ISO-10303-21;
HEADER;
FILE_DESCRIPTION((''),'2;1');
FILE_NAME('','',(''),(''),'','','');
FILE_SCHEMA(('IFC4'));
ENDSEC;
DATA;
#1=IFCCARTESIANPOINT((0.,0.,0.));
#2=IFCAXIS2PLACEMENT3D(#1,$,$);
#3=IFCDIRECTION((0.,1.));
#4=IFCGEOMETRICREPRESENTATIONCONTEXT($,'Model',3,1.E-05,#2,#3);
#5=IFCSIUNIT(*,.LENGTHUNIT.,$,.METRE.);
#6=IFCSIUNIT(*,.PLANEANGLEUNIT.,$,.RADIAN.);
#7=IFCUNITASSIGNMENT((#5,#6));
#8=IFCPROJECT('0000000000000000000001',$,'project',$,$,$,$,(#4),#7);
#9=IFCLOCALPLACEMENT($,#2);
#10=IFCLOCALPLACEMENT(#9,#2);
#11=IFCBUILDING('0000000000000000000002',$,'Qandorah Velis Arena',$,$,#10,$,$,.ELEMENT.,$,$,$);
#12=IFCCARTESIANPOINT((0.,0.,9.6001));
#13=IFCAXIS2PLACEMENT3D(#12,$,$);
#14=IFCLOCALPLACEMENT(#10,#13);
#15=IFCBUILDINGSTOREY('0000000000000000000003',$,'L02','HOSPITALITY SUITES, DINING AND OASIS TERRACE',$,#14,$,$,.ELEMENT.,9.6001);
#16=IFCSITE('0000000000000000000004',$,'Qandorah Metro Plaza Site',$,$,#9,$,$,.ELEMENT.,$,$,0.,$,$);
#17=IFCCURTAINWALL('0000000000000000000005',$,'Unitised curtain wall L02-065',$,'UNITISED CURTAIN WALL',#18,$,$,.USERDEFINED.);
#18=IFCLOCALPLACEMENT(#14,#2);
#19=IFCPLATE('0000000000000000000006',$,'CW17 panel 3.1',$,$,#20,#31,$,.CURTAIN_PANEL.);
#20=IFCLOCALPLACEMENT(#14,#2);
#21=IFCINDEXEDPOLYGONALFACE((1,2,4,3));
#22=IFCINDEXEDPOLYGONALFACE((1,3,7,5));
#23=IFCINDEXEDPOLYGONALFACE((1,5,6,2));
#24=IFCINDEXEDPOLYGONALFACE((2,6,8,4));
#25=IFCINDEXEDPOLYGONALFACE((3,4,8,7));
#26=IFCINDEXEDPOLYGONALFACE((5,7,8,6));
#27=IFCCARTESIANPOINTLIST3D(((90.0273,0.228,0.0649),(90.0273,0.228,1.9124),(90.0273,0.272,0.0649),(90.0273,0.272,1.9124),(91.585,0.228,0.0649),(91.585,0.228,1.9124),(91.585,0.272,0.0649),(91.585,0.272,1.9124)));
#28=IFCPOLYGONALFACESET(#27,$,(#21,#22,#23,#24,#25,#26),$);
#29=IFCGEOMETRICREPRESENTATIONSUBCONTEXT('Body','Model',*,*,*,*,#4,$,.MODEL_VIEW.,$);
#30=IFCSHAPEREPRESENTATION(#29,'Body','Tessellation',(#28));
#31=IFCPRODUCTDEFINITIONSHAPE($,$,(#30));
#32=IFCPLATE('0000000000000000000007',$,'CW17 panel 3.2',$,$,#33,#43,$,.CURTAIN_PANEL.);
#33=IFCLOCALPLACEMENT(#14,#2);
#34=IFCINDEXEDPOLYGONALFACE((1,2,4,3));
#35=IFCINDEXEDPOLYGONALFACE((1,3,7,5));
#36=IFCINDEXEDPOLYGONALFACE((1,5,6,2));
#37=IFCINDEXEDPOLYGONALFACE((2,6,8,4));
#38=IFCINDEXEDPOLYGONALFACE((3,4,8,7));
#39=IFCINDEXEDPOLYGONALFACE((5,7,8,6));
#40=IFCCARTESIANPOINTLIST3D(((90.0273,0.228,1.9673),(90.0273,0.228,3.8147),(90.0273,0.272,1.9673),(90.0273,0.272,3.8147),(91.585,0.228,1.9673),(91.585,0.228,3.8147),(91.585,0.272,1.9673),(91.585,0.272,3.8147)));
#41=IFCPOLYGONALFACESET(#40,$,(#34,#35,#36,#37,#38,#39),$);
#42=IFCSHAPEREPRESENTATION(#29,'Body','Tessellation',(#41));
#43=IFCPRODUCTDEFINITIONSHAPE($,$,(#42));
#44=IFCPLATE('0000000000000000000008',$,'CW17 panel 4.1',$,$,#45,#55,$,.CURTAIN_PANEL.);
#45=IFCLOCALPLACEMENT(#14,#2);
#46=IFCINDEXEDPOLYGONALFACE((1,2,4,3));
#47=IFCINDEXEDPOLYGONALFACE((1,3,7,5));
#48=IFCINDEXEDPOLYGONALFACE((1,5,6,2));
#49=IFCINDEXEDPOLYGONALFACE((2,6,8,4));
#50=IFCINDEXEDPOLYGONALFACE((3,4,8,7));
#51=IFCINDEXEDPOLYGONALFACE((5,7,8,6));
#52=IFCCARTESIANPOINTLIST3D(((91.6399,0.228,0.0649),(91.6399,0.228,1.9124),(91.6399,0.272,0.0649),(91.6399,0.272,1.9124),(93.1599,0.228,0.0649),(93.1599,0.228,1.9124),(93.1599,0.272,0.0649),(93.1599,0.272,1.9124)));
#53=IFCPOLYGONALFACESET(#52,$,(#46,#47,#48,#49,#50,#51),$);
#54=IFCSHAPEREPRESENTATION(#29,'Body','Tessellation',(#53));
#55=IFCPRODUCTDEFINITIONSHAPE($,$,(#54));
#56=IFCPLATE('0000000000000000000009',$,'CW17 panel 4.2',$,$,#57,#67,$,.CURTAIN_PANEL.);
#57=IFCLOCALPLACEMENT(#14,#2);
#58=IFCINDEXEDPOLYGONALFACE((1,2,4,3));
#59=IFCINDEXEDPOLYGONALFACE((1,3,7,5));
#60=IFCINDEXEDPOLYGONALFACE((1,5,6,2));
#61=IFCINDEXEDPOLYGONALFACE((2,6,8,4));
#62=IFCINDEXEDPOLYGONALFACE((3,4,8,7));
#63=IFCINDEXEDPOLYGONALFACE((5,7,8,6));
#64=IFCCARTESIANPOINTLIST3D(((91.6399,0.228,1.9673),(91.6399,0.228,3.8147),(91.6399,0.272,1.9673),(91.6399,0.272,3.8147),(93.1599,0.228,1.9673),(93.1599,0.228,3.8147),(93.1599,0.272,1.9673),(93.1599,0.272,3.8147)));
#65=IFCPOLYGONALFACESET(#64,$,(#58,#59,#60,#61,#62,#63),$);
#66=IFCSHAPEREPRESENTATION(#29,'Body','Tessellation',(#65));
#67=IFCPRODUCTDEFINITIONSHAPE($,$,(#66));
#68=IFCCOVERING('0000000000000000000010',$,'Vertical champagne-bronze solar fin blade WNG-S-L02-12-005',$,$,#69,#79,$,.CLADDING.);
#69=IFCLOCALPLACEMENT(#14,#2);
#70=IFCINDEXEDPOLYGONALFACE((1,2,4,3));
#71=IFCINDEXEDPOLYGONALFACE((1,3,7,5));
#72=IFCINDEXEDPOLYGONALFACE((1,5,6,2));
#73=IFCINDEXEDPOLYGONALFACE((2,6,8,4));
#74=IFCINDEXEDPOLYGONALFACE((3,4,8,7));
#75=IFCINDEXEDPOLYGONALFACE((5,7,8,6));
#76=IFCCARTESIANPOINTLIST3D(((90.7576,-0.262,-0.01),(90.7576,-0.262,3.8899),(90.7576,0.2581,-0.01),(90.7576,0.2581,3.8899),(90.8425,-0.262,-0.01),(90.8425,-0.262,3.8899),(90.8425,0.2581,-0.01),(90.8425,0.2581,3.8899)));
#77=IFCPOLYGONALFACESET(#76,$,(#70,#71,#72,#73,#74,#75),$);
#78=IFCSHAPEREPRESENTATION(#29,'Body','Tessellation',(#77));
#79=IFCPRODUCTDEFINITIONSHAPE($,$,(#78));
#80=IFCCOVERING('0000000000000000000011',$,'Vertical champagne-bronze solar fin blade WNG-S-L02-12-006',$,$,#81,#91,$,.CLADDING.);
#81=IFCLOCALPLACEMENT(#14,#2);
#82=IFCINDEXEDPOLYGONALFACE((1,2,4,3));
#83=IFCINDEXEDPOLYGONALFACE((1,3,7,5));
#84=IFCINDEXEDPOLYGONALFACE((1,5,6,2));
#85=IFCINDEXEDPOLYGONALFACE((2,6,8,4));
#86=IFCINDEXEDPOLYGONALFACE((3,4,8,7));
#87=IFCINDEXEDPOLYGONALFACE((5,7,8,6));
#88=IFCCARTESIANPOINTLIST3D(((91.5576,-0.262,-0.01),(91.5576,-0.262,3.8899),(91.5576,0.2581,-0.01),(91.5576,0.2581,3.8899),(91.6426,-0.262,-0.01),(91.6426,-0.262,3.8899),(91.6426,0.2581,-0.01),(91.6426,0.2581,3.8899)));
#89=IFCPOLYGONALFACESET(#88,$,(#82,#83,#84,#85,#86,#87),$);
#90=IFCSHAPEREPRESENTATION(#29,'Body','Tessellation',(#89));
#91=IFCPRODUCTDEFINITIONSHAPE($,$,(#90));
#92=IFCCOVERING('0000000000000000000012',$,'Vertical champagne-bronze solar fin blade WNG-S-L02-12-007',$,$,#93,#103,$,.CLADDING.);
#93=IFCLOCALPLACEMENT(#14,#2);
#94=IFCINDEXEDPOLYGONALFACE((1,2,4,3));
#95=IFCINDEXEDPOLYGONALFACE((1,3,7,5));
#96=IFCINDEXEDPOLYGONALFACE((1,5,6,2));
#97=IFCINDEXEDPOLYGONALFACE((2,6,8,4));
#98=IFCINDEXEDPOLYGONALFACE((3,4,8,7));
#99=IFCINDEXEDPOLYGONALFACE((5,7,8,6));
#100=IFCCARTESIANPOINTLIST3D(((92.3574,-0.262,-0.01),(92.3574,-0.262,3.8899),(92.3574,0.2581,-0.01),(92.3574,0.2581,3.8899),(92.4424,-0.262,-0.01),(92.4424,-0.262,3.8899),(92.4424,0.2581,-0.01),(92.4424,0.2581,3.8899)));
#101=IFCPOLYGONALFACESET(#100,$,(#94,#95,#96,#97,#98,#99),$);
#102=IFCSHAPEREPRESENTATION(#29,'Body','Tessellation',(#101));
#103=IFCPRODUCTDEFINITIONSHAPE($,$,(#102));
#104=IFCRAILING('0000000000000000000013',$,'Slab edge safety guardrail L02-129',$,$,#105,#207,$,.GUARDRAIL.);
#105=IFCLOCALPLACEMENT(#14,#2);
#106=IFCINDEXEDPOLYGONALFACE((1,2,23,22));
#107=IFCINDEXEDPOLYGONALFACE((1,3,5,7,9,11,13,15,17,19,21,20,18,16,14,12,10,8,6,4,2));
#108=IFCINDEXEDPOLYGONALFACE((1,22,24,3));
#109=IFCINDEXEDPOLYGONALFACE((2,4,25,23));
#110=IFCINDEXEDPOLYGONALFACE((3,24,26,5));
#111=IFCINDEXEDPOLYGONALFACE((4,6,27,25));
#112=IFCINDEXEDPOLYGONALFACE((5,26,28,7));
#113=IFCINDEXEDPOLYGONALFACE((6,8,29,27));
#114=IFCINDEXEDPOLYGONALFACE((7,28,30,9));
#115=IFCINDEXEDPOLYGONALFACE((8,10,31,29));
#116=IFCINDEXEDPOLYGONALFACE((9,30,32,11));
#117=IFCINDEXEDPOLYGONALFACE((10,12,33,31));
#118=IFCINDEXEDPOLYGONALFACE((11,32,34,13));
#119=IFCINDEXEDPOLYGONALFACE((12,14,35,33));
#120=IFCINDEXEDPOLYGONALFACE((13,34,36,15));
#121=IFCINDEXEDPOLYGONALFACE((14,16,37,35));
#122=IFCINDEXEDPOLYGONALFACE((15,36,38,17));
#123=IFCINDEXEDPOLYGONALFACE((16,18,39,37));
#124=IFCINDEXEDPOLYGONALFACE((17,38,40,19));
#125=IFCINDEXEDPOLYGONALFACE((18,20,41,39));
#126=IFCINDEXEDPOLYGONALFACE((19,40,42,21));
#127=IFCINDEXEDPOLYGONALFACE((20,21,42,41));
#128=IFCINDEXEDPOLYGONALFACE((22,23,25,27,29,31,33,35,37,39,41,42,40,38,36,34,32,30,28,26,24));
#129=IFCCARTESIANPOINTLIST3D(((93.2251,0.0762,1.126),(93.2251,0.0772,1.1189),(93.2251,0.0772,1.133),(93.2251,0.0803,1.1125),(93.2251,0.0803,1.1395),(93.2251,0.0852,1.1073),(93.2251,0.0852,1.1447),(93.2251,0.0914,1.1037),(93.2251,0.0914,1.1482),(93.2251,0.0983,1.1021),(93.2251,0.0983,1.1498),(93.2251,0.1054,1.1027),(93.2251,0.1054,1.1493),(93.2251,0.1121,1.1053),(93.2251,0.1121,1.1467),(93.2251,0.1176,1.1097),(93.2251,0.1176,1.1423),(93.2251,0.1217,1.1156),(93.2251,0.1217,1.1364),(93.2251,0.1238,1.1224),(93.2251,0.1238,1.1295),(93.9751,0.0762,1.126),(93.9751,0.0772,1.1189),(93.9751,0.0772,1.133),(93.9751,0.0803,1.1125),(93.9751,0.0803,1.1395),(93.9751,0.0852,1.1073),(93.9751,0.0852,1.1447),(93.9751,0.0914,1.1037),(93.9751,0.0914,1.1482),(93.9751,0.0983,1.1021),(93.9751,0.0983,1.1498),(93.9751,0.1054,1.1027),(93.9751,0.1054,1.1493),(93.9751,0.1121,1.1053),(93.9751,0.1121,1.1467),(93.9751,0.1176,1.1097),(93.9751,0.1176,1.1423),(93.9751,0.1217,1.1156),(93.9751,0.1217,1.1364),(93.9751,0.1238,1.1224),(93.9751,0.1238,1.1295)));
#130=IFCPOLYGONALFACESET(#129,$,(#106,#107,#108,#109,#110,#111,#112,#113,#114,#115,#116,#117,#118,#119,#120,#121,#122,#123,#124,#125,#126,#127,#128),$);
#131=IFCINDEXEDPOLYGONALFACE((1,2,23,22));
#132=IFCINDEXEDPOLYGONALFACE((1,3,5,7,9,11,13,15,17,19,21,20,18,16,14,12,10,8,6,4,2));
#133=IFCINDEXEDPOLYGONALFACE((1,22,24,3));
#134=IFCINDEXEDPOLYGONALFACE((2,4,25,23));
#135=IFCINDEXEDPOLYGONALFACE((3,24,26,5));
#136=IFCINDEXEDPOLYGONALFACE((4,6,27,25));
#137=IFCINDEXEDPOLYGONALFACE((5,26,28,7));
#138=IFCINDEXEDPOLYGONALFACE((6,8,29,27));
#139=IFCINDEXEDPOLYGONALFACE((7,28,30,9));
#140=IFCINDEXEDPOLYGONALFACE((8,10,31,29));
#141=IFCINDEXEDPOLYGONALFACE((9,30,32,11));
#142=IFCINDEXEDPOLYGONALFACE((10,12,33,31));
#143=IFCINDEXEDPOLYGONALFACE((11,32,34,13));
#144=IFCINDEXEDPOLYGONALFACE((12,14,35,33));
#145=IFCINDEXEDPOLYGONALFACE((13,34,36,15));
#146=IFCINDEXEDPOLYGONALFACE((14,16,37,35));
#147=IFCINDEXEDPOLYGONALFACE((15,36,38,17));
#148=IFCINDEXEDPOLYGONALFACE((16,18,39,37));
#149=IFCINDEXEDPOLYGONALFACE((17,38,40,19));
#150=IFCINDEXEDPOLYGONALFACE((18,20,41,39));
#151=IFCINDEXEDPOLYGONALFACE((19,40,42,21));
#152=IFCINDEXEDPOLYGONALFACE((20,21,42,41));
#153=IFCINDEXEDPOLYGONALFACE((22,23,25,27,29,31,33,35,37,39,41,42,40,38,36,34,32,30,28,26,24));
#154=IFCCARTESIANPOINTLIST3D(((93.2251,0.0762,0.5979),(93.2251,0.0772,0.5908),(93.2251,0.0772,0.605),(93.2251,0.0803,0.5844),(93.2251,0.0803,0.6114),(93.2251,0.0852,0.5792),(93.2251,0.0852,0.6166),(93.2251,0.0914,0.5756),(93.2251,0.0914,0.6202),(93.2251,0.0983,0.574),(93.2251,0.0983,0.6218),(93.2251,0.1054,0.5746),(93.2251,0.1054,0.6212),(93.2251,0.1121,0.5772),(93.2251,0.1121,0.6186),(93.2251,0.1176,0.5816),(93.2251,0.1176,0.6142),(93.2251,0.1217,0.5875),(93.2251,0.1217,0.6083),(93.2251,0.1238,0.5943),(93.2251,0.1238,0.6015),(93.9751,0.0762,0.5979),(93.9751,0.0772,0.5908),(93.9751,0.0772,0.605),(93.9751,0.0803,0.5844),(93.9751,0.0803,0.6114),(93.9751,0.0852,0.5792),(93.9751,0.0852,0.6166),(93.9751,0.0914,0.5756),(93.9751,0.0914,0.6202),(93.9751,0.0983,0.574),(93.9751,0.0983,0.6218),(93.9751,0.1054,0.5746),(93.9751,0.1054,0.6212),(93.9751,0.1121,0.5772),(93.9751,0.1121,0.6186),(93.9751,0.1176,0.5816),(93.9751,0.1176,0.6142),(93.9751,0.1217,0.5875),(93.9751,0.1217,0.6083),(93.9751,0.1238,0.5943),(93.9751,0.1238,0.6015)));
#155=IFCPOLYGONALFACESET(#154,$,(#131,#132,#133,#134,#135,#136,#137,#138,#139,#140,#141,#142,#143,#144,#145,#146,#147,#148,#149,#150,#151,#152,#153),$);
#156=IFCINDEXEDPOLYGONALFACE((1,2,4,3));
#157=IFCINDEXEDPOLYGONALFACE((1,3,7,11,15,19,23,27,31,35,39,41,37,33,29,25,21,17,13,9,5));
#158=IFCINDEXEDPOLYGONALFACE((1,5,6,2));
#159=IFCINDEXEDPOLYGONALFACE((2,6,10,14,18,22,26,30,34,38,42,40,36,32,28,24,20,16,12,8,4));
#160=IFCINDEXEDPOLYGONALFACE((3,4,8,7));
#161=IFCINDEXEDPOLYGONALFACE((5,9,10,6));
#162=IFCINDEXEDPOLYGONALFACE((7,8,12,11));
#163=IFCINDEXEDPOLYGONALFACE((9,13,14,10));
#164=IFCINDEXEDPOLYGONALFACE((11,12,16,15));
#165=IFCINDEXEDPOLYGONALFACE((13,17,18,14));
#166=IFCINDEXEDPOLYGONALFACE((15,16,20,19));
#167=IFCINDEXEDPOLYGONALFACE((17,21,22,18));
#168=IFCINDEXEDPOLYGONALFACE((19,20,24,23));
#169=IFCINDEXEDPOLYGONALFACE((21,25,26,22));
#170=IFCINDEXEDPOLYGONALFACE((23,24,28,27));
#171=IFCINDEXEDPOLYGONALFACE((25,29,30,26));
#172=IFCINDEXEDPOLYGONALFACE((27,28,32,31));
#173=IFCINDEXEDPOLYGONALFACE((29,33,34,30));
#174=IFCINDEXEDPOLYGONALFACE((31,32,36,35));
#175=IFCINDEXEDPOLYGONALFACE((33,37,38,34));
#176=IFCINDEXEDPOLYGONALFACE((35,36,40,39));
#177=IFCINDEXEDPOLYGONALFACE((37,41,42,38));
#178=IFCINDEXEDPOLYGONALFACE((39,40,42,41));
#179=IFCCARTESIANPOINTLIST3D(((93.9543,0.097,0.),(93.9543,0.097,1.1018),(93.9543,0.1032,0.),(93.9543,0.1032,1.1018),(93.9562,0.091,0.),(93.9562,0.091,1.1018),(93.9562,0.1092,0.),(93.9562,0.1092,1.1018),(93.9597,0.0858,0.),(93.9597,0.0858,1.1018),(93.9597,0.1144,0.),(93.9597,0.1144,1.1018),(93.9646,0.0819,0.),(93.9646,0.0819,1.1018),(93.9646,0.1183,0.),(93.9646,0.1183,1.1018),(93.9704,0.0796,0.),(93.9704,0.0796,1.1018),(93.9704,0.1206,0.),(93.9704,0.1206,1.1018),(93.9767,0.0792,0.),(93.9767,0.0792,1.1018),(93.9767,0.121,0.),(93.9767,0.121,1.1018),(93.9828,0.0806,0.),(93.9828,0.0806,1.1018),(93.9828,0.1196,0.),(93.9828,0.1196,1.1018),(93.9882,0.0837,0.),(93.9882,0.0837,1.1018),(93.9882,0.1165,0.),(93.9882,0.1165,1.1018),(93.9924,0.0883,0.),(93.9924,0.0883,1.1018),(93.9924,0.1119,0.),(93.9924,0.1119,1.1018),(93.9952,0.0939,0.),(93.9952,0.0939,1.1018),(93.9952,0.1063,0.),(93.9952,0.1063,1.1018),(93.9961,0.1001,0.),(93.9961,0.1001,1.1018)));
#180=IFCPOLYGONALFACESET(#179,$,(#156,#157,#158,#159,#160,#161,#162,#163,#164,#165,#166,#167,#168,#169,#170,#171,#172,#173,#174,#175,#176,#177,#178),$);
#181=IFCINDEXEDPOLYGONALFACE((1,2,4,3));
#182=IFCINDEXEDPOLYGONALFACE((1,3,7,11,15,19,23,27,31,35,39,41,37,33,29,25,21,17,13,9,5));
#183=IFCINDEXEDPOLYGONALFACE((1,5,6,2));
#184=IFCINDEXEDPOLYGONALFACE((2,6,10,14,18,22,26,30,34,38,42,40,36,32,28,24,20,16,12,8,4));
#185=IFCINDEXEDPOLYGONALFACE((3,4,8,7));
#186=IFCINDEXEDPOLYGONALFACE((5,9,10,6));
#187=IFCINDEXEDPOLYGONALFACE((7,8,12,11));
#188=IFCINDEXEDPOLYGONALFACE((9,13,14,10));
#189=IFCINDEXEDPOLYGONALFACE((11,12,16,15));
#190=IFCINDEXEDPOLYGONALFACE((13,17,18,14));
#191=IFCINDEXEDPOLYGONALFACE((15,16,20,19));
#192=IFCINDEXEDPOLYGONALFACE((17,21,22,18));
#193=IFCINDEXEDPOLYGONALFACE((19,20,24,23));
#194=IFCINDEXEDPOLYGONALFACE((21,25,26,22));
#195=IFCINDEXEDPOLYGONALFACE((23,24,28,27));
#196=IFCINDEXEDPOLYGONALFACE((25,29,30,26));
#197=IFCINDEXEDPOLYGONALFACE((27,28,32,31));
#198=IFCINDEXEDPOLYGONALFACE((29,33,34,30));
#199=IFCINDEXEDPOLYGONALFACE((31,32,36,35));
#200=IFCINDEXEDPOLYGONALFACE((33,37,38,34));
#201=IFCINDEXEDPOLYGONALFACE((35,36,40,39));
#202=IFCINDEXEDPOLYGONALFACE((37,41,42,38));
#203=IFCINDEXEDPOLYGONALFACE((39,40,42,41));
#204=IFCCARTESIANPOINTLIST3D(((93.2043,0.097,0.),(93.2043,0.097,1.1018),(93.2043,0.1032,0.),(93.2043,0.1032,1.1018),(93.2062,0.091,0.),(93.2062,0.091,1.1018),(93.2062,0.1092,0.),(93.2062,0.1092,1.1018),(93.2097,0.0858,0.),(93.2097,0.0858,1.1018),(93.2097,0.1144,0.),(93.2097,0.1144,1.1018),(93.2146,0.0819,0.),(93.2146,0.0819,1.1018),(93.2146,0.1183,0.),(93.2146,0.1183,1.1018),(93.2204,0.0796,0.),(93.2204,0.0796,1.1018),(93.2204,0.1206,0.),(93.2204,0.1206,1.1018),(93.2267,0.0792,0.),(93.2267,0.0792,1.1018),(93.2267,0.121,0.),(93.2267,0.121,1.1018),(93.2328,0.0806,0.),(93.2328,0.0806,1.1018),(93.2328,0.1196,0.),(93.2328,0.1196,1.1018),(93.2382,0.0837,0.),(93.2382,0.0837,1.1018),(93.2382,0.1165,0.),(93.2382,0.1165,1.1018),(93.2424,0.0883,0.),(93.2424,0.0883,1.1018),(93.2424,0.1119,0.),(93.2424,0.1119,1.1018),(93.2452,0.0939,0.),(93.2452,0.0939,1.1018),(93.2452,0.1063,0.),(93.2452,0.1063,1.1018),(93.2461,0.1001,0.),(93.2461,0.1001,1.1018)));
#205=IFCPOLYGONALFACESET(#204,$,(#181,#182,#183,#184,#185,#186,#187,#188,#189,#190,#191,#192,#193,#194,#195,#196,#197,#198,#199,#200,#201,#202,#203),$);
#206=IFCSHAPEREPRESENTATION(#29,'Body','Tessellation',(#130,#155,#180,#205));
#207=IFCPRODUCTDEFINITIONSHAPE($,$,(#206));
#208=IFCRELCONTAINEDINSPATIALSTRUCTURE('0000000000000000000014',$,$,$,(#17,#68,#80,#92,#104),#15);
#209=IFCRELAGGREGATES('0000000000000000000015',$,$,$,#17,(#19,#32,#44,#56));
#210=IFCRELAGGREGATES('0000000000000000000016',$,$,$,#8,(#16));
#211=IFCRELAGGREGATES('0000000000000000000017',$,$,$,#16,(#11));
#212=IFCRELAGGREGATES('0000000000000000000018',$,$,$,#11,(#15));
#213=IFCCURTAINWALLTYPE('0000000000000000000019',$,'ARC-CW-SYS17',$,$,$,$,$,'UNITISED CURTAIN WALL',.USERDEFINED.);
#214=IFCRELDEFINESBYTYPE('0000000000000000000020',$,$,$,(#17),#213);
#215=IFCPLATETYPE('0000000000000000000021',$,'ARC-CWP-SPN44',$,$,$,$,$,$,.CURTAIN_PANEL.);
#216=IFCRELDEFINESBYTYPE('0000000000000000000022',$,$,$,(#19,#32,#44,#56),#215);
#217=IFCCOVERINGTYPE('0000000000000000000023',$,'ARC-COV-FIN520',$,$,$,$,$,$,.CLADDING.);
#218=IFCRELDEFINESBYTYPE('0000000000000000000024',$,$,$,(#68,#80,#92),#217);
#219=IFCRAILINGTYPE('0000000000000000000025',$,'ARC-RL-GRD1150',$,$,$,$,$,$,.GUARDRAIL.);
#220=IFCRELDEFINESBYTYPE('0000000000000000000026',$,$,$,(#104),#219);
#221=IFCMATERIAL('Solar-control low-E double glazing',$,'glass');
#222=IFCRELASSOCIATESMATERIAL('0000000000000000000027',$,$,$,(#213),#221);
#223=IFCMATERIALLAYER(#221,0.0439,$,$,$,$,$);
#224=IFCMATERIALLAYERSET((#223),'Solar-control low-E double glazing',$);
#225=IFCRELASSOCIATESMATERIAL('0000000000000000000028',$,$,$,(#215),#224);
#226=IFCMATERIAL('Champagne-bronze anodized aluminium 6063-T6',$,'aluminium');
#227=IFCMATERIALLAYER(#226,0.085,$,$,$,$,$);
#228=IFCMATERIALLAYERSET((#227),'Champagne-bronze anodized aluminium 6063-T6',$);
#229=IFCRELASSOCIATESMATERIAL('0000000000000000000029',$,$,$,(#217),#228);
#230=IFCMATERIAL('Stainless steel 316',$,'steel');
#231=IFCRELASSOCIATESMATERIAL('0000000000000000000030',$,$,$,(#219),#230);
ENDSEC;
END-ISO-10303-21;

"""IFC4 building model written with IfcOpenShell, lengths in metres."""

from ifc_helpers import new_model, si_unit, direction, frame, origin, origin_2d, place, context, subcontext, project, spatial, rectangle, circle, extrude, material, layer, layer_set, type_object, element, aggregate, save


model = new_model("IFC4")

# Units and contexts
model_context = context("Model", 3, precision=1e-05, world=origin(), true_north=direction((0.0, 1.0)))
body_context = subcontext(model_context, "Body", "Model", "MODEL_VIEW")
ifc_project = project(units=[si_unit("LENGTHUNIT", "METRE"), si_unit("PLANEANGLEUNIT", "RADIAN")], contexts=[model_context])

# Site, building, storey
site_placement = place(None, origin())
site = spatial("IfcSite", under=ifc_project, at=site_placement, Name="Qandorah Metro Plaza Site", CompositionType="ELEMENT", RefElevation=0.0)
building_placement = place(site_placement, origin())
building = spatial("IfcBuilding", under=site, at=building_placement, Name="Qandorah Velis Arena", CompositionType="ELEMENT")
storey_placement = place(building_placement, frame((0.0, 0.0, 9.6001)))
storey = spatial("IfcBuildingStorey", under=building, at=storey_placement, Name="L02", Description="HOSPITALITY SUITES, DINING AND OASIS TERRACE", CompositionType="ELEMENT", Elevation=9.6001)

# Curtain wall
ifc_material_1 = material(Name="Solar-control low-E double glazing", Category="glass")
ifc_material_2 = material(Name="Champagne-bronze anodized aluminium 6063-T6", Category="aluminium")
curtain_wall_type_1 = type_object("IfcCurtainWallType", Name="ARC-CW-SYS17", ElementType="UNITISED CURTAIN WALL", PredefinedType="USERDEFINED", material=ifc_material_1)
curtain_wall_1_placement = place(storey_placement, origin())
curtain_wall_1 = element("IfcCurtainWall", 1, at=curtain_wall_1_placement, inside=storey, type_object=curtain_wall_type_1, Name="Unitised curtain wall L02-065", ObjectType="UNITISED CURTAIN WALL", PredefinedType="USERDEFINED")

# Plates
ifc_layer_1 = layer(ifc_material_1, 0.0439)
ifc_layer_set_1 = layer_set([ifc_layer_1], Name="Solar-control low-E double glazing")
plate_type_1 = type_object("IfcPlateType", Name="ARC-CWP-SPN44", PredefinedType="CURTAIN_PANEL", material=ifc_layer_set_1)
plate_1_placement = place(storey_placement, frame((90.8062, 0.25, 0.0649), z_axis=(0.0, 0.0, 1.0), x_axis=(1.0, 0.0, 0.0)))
plate_1 = element("IfcPlate", 2, at=plate_1_placement, type_object=plate_type_1, Name="CW17 panel 3.1", PredefinedType="CURTAIN_PANEL", context=body_context, shape_type="SweptSolid", body=[
    extrude(rectangle(XDim=1.5576, YDim=0.0439, at=origin_2d()), origin(), (0.0, 0.0, 1.0), 1.8474),
])
plate_2_placement = place(storey_placement, frame((90.8062, 0.25, 1.9673), z_axis=(0.0, 0.0, 1.0), x_axis=(1.0, 0.0, 0.0)))
plate_2 = element("IfcPlate", 3, at=plate_2_placement, type_object=plate_type_1, Name="CW17 panel 3.2", PredefinedType="CURTAIN_PANEL", context=body_context, shape_type="SweptSolid", body=[
    extrude(rectangle(XDim=1.5576, YDim=0.0439, at=origin_2d()), origin(), (0.0, 0.0, 1.0), 1.8474),
])
plate_3_placement = place(storey_placement, frame((92.3999, 0.25, 0.0649), z_axis=(0.0, 0.0, 1.0), x_axis=(1.0, 0.0, 0.0)))
plate_3 = element("IfcPlate", 4, at=plate_3_placement, type_object=plate_type_1, Name="CW17 panel 4.1", PredefinedType="CURTAIN_PANEL", context=body_context, shape_type="SweptSolid", body=[
    extrude(rectangle(XDim=1.52, YDim=0.0439, at=origin_2d()), origin(), (0.0, 0.0, 1.0), 1.8474),
])
plate_4_placement = place(storey_placement, frame((92.3999, 0.25, 1.9673), z_axis=(0.0, 0.0, 1.0), x_axis=(1.0, 0.0, 0.0)))
plate_4 = element("IfcPlate", 5, at=plate_4_placement, type_object=plate_type_1, Name="CW17 panel 4.2", PredefinedType="CURTAIN_PANEL", context=body_context, shape_type="SweptSolid", body=[
    extrude(rectangle(XDim=1.52, YDim=0.0439, at=origin_2d()), origin(), (0.0, 0.0, 1.0), 1.8474),
])
aggregate(curtain_wall_1, [plate_1, plate_2, plate_3, plate_4])

# Coverings
ifc_layer_2 = layer(ifc_material_2, 0.085)
ifc_layer_set_2 = layer_set([ifc_layer_2], Name="Champagne-bronze anodized aluminium 6063-T6")
covering_type = type_object("IfcCoveringType", Name="ARC-COV-FIN520", PredefinedType="CLADDING", material=ifc_layer_set_2)
for number, where, z_axis, x_axis, name in (
    (6, (90.8, -0.002, -0.01), (0.0, 0.0, 1.0), (1.0, 0.0, 0.0), "Vertical champagne-bronze solar fin blade WNG-S-L02-12-005"),
    (7, (91.6001, -0.002, -0.01), (0.0, 0.0, 1.0), (1.0, 0.0, 0.0), "Vertical champagne-bronze solar fin blade WNG-S-L02-12-006"),
    (8, (92.3999, -0.002, -0.01), (0.0, 0.0, 1.0), (1.0, 0.0, 0.0), "Vertical champagne-bronze solar fin blade WNG-S-L02-12-007"),
):
    element("IfcCovering", number, at=place(storey_placement, frame(where, z_axis=z_axis, x_axis=x_axis)), inside=storey, type_object=covering_type, Name=name, PredefinedType="CLADDING", context=body_context, shape_type="SweptSolid", body=[
        extrude(rectangle(XDim=0.085, YDim=0.52, at=origin_2d()), origin(), (0.0, 0.0, 1.0), 3.8999),
    ])

# Railing
ifc_material_3 = material(Name="Stainless steel 316", Category="steel")
railing_type = type_object("IfcRailingType", Name="ARC-RL-GRD1150", PredefinedType="GUARDRAIL", material=ifc_material_3)
railing_placement = place(storey_placement, frame((93.9751, 0.1001, 0.0)))
element("IfcRailing", 9, at=railing_placement, inside=storey, type_object=railing_type, Name="Slab edge safety guardrail L02-129", PredefinedType="GUARDRAIL", context=body_context, shape_type="SweptSolid", body=[
    extrude(circle(Radius=0.0239, at=origin_2d()), frame((0.0, 0.0, 1.126), z_axis=(-1.0, 0.0, 0.0), x_axis=(0.0, -1.0, 0.0)), (0.0, 0.0, 1.0), 0.75),
    extrude(circle(Radius=0.0239, at=origin_2d()), frame((0.0, 0.0, 0.5979), z_axis=(-1.0, 0.0, 0.0), x_axis=(0.0, -1.0, 0.0)), (0.0, 0.0, 1.0), 0.75),
    extrude(circle(Radius=0.021, at=origin_2d()), origin(), (0.0, 0.0, 1.0), 1.1018),
    extrude(circle(Radius=0.021, at=origin_2d()), frame((-0.75, 0.0, 0.0)), (0.0, 0.0, 1.0), 1.1018),
])

save(model, "model.ifc")
